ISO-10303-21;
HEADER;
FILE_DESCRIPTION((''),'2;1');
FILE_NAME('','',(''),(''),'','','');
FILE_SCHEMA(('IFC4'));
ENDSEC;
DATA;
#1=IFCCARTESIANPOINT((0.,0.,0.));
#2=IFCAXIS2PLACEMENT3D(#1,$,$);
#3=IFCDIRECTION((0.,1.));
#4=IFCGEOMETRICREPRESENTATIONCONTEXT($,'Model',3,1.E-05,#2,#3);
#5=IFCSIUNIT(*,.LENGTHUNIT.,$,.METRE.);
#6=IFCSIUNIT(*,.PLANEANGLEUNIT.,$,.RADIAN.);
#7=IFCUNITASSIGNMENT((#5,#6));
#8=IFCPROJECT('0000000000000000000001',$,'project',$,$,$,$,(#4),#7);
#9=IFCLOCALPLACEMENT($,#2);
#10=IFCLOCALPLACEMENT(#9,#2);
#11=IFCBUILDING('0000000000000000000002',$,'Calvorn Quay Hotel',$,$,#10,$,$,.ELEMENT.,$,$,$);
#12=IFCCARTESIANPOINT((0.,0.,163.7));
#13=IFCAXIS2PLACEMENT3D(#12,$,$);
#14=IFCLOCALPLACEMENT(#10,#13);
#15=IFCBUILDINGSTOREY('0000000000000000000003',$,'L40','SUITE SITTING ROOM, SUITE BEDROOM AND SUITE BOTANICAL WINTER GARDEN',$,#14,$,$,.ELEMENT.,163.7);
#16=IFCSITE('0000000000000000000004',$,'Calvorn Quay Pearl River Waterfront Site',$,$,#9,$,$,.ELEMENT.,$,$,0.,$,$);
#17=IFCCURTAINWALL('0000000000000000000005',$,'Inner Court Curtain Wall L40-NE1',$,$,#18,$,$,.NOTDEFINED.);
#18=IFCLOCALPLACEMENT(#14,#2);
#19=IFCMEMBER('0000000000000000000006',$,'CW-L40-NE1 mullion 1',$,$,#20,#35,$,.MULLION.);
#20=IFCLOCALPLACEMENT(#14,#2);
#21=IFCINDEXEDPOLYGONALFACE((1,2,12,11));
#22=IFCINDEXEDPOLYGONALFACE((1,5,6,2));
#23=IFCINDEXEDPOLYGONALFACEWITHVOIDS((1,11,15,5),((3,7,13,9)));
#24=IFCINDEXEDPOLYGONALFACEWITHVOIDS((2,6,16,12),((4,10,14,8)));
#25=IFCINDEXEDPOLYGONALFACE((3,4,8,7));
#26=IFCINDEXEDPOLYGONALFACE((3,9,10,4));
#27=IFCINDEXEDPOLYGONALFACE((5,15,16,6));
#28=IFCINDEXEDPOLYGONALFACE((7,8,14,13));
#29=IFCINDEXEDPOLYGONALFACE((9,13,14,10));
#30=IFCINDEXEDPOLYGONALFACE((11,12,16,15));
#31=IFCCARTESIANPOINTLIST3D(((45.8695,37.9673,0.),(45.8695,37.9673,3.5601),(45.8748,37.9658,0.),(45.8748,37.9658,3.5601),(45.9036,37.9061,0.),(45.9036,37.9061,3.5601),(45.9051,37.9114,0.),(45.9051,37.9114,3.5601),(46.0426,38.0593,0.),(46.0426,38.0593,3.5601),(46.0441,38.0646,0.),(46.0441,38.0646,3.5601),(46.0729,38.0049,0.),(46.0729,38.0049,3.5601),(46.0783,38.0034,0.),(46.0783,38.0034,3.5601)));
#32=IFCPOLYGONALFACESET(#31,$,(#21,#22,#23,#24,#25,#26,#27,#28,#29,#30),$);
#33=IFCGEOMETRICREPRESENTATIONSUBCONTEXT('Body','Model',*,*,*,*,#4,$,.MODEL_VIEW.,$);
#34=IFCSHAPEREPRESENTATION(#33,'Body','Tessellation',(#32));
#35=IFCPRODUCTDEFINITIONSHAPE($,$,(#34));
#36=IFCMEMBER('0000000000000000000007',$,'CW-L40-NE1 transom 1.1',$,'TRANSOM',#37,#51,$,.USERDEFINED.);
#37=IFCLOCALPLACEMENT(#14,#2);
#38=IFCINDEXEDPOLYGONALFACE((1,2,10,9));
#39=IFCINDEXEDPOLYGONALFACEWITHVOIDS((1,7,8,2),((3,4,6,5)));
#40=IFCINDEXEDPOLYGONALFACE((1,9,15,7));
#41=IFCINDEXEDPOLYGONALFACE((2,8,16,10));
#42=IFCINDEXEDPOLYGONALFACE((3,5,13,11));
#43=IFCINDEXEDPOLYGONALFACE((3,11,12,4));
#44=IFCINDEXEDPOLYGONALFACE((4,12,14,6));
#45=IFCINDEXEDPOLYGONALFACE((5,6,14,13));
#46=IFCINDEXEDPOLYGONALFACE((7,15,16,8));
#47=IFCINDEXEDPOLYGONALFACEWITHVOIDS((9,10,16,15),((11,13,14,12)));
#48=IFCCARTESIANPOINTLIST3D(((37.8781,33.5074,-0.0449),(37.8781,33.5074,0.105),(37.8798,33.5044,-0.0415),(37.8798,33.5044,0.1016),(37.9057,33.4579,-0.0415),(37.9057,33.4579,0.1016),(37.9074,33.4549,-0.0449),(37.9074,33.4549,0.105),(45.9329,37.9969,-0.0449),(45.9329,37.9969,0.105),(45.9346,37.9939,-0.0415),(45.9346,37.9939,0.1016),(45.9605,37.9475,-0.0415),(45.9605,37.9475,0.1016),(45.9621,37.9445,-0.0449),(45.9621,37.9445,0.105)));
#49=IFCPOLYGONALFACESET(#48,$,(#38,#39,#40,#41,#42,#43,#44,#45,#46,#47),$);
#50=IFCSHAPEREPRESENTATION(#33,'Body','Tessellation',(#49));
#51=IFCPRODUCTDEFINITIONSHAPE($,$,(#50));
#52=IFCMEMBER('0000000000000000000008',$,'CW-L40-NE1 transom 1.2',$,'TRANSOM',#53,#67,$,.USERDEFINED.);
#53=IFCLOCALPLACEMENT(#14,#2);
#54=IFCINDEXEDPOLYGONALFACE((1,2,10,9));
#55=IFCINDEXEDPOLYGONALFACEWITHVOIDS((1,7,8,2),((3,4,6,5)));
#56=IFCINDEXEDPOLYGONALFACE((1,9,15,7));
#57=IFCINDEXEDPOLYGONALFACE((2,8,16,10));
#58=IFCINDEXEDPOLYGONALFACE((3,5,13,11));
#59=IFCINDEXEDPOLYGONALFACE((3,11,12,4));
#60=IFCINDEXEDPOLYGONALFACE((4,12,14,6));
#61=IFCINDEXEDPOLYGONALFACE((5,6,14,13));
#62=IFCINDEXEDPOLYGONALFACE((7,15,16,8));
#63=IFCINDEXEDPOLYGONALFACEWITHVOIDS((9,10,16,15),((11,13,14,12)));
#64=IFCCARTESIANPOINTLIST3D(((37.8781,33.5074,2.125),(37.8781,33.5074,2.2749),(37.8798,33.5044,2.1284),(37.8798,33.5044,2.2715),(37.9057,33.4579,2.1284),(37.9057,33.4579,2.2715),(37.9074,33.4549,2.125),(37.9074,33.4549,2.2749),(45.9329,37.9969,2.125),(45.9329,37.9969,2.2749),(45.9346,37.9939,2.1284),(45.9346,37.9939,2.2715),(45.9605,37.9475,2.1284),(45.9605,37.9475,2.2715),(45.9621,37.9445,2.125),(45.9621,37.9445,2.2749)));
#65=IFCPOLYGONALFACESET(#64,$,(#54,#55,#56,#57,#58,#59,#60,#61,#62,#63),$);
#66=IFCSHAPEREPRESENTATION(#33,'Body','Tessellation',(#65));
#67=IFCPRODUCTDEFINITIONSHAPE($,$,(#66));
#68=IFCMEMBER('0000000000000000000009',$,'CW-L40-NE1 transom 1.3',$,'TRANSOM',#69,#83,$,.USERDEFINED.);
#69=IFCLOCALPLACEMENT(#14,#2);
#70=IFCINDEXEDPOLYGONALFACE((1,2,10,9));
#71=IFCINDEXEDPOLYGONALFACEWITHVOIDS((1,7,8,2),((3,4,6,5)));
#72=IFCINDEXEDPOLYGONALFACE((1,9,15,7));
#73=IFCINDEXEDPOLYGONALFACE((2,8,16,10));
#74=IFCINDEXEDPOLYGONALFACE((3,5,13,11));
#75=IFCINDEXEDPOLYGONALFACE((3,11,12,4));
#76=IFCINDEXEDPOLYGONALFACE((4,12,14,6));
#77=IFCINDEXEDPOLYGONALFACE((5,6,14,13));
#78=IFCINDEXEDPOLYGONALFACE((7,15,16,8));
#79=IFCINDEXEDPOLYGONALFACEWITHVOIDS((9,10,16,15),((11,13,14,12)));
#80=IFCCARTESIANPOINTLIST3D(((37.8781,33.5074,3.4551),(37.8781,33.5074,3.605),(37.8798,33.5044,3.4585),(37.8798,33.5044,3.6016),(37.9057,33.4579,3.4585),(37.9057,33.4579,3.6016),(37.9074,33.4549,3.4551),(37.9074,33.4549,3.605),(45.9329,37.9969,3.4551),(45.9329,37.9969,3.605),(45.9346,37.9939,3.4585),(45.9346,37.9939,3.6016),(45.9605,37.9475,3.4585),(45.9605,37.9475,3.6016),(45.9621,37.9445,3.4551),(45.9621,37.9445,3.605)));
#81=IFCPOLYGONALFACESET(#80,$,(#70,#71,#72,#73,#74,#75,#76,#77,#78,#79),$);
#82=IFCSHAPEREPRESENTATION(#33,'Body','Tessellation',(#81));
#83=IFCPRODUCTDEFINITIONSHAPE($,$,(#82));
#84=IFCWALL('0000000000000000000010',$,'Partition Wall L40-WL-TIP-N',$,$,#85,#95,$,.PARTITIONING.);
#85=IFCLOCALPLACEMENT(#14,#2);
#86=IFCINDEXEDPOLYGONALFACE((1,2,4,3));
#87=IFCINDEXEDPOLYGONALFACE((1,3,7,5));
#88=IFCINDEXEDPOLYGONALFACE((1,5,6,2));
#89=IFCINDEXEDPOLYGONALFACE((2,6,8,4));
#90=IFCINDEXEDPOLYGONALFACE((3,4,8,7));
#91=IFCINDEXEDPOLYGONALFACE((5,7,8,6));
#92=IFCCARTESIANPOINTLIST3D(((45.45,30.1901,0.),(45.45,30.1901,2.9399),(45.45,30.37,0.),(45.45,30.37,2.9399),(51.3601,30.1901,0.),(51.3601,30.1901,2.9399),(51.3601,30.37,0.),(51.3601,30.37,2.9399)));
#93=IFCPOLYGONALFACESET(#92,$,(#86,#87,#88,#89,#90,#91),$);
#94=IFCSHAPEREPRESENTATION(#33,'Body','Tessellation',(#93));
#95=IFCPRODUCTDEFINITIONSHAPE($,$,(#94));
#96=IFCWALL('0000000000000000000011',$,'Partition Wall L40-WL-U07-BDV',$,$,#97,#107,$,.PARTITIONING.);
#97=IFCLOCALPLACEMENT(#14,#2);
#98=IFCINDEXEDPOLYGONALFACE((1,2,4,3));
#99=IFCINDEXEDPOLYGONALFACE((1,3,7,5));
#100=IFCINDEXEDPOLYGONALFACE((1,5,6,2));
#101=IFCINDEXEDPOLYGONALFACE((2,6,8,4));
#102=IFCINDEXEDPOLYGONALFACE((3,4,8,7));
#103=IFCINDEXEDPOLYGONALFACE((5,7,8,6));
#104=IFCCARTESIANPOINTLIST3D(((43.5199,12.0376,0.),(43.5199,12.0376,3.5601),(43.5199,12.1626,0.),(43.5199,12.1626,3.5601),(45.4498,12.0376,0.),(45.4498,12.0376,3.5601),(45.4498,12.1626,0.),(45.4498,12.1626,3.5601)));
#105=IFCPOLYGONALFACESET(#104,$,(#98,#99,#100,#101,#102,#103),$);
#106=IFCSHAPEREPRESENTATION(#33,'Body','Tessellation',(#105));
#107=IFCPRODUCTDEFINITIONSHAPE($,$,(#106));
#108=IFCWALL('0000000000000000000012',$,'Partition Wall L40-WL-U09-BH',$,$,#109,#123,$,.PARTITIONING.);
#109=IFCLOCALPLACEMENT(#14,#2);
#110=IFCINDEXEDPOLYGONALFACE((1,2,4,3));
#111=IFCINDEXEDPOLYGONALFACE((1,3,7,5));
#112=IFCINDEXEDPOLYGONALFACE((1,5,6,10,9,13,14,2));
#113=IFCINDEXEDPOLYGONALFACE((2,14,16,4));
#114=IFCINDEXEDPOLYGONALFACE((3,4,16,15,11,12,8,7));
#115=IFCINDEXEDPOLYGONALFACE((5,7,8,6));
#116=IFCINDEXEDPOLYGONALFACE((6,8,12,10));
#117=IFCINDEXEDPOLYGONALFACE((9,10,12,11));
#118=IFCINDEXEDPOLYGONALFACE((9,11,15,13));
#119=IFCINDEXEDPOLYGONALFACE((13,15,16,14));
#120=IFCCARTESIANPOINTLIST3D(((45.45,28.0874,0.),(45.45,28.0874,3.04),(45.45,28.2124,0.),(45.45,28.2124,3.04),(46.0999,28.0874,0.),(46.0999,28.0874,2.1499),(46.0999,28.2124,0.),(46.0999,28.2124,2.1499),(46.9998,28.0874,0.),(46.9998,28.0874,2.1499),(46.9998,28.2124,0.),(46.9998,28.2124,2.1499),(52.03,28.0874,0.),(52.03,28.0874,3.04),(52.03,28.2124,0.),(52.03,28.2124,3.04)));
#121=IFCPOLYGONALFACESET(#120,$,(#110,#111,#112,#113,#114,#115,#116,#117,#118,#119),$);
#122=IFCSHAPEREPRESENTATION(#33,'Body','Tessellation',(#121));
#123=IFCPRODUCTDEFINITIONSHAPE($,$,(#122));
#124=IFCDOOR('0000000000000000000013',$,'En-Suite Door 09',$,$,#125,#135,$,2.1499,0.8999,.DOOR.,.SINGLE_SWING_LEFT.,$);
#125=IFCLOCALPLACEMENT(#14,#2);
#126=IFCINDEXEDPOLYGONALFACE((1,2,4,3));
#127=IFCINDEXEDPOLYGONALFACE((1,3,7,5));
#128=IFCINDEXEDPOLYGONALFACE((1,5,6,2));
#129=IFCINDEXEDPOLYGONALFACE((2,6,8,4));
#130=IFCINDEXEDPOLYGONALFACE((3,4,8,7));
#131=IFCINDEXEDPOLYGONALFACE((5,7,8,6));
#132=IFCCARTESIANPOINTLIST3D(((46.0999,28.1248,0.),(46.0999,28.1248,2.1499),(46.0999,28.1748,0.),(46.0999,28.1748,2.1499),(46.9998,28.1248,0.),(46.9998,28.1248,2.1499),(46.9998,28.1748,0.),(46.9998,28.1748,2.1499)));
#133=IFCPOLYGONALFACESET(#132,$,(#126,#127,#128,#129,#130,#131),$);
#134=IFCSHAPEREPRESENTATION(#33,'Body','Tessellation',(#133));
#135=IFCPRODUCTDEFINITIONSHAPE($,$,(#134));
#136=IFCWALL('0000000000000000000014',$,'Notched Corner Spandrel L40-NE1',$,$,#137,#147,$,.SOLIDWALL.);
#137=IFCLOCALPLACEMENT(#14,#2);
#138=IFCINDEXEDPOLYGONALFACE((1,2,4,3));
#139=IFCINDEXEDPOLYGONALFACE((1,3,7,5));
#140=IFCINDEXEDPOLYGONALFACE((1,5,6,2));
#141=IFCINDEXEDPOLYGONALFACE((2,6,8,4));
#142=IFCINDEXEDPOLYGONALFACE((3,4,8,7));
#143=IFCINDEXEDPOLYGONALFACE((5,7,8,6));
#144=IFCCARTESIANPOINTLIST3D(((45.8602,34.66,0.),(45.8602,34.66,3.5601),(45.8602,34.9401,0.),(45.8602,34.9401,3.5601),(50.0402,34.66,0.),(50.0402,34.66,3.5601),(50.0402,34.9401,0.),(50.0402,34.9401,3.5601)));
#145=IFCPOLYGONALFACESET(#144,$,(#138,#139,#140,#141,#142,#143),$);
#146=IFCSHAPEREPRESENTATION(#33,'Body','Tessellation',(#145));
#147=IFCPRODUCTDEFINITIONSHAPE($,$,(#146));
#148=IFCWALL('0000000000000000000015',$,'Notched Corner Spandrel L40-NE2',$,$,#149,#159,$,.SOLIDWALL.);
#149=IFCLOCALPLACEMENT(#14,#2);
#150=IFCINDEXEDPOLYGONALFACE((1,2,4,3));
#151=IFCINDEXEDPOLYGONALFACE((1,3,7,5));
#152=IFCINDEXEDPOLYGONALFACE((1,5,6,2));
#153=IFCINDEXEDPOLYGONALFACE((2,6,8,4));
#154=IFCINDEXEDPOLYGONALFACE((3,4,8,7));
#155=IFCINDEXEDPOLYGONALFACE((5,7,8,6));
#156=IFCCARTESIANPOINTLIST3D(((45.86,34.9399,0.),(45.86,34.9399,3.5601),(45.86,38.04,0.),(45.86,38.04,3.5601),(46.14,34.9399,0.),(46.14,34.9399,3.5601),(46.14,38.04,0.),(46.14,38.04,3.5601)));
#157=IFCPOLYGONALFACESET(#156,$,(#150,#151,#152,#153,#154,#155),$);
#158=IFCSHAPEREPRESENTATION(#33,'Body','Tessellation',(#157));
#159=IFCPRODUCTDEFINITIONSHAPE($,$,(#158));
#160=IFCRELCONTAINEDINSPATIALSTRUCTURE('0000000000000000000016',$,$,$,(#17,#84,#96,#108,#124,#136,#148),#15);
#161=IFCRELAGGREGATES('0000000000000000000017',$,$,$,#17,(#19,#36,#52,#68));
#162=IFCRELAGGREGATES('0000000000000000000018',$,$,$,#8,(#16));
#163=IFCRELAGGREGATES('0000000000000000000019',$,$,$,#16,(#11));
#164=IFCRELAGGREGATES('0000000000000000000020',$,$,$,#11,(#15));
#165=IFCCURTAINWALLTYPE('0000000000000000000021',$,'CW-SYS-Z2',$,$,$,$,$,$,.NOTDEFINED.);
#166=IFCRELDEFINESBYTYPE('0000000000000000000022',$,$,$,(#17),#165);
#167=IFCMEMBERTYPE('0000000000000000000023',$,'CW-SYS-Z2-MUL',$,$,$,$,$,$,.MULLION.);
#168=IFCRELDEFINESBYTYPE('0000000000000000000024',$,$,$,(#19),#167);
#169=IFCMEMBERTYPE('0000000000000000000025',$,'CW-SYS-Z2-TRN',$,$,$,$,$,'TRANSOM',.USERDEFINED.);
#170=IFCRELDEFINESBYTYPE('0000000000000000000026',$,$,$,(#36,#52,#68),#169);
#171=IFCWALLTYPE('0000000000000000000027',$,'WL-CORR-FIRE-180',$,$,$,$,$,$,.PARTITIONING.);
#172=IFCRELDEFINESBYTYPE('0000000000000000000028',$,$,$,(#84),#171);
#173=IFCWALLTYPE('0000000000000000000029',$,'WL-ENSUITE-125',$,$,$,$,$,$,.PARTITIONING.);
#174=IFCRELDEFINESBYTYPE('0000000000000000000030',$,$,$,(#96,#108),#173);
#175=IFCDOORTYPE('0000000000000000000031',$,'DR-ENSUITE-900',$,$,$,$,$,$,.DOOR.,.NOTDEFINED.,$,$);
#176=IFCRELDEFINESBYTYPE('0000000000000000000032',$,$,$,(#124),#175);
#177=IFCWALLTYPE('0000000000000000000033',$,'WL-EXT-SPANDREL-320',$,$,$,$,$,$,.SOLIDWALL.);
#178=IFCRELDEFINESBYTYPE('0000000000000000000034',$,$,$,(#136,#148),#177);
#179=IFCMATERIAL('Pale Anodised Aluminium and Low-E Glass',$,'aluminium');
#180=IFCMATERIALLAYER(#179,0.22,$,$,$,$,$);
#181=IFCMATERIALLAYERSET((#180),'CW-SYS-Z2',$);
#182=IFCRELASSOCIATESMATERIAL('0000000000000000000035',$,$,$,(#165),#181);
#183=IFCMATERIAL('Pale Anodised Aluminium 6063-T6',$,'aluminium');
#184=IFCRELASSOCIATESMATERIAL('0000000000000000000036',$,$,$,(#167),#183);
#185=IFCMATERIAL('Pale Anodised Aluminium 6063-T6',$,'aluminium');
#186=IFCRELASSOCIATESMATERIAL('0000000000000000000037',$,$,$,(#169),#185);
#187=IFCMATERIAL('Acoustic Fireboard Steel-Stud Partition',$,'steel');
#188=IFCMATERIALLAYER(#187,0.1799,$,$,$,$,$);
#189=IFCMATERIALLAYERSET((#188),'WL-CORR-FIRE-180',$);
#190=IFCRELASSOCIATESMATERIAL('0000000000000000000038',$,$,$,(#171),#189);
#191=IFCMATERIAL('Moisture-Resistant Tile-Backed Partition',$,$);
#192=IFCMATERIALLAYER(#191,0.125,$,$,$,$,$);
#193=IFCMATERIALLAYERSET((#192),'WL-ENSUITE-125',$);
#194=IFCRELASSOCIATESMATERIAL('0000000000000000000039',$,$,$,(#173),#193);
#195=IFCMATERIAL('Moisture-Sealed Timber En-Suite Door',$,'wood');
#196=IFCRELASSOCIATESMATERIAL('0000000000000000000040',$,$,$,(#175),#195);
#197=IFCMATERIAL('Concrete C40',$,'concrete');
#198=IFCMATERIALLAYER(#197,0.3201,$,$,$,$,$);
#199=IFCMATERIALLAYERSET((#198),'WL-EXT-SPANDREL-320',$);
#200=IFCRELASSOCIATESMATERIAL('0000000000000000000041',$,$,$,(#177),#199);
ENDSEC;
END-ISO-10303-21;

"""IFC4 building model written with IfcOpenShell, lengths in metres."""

from ifc_helpers import new_model, si_unit, direction, frame, frame_2d, origin, origin_2d, place, context, subcontext, project, spatial, rectangle, hollow_rectangle, extrude, material, layer, layer_set, material_profile, profile_set, type_object, element, fill, aggregate, save


model = new_model("IFC4")

# Units and contexts
model_context = context("Model", 3, precision=1e-05, world=origin(), true_north=direction((0.0, 1.0)))
body_context = subcontext(model_context, "Body", "Model", "MODEL_VIEW")
ifc_project = project(units=[si_unit("LENGTHUNIT", "METRE"), si_unit("PLANEANGLEUNIT", "RADIAN")], contexts=[model_context])

# Site, building, storey
site_placement = place(None, origin())
site = spatial("IfcSite", under=ifc_project, at=site_placement, Name="Calvorn Quay Pearl River Waterfront Site", CompositionType="ELEMENT", RefElevation=0.0)
building_placement = place(site_placement, origin())
building = spatial("IfcBuilding", under=site, at=building_placement, Name="Calvorn Quay Hotel", CompositionType="ELEMENT")
storey_placement = place(building_placement, frame((0.0, 0.0, 163.7)))
storey = spatial("IfcBuildingStorey", under=building, at=storey_placement, Name="L40", Description="SUITE SITTING ROOM, SUITE BEDROOM AND SUITE BOTANICAL WINTER GARDEN", CompositionType="ELEMENT", Elevation=163.7)

# Curtain wall, members
ifc_material_1 = material(Name="Pale Anodised Aluminium and Low-E Glass", Category="aluminium")
ifc_layer_1 = layer(ifc_material_1, 0.22)
ifc_layer_set_1 = layer_set([ifc_layer_1], Name="CW-SYS-Z2")
curtain_wall_type = type_object("IfcCurtainWallType", Name="CW-SYS-Z2", PredefinedType="NOTDEFINED", material=ifc_layer_set_1)
curtain_wall_placement = place(storey_placement, origin())
curtain_wall = element("IfcCurtainWall", 1, at=curtain_wall_placement, inside=storey, type_object=curtain_wall_type, Name="Inner Court Curtain Wall L40-NE1", PredefinedType="NOTDEFINED")
ifc_material_2 = material(Name="Pale Anodised Aluminium 6063-T6", Category="aluminium")
ifc_material_profile_1 = material_profile(ifc_material_2, hollow_rectangle(XDim=0.0701, YDim=0.2, WallThickness=0.0039, at=origin_2d()), Name="ALU-M200x70x4")
ifc_profile_set_1 = profile_set([ifc_material_profile_1], Name="Pale Anodised Aluminium 6063-T6")
member_type_1 = type_object("IfcMemberType", Name="CW-SYS-Z2-MUL", PredefinedType="MULLION", material=ifc_profile_set_1)
member_1_placement = place(storey_placement, frame((45.9739, 37.9854, 0.0), z_axis=(0.0, 0.0, 1.0), x_axis=(0.486858, -0.873481, 0.0)))
member_1 = element("IfcMember", 2, at=member_1_placement, type_object=member_type_1, Name="CW-L40-NE1 mullion 1", PredefinedType="MULLION", context=body_context, shape_type="SweptSolid", body=[
    extrude(hollow_rectangle(XDim=0.0701, YDim=0.2, WallThickness=0.0039, at=origin_2d()), origin(), (0.0, 0.0, 1.0), 3.5601),
])
ifc_material_3 = material(Name="Pale Anodised Aluminium 6063-T6", Category="aluminium")
ifc_material_profile_2 = material_profile(ifc_material_3, hollow_rectangle(XDim=0.0601, YDim=0.1499, WallThickness=0.0034, at=origin_2d()), Name="ALU-T150x60x3.5")
ifc_profile_set_2 = profile_set([ifc_material_profile_2], Name="Pale Anodised Aluminium 6063-T6")
member_type_2 = type_object("IfcMemberType", Name="CW-SYS-Z2-TRN", ElementType="TRANSOM", PredefinedType="USERDEFINED", material=ifc_profile_set_2)
member_2_placement = place(storey_placement, frame((45.9475, 37.9707, 0.03), z_axis=(-0.873481, -0.486859, 0.0), x_axis=(0.486859, -0.873481, 0.0)))
member_2 = element("IfcMember", 3, at=member_2_placement, type_object=member_type_2, Name="CW-L40-NE1 transom 1.1", ObjectType="TRANSOM", PredefinedType="USERDEFINED", context=body_context, shape_type="SweptSolid", body=[
    extrude(hollow_rectangle(XDim=0.0601, YDim=0.1499, WallThickness=0.0034, at=origin_2d()), origin(), (0.0, 0.0, 1.0), 9.2214),
])
member_3_placement = place(storey_placement, frame((45.9475, 37.9707, 2.2), z_axis=(-0.873481, -0.486859, 0.0), x_axis=(0.486859, -0.873481, 0.0)))
member_3 = element("IfcMember", 4, at=member_3_placement, type_object=member_type_2, Name="CW-L40-NE1 transom 1.2", ObjectType="TRANSOM", PredefinedType="USERDEFINED", context=body_context, shape_type="SweptSolid", body=[
    extrude(hollow_rectangle(XDim=0.0601, YDim=0.1499, WallThickness=0.0034, at=origin_2d()), origin(), (0.0, 0.0, 1.0), 9.2214),
])
member_4_placement = place(storey_placement, frame((45.9475, 37.9707, 3.53), z_axis=(-0.873481, -0.486859, 0.0), x_axis=(0.486859, -0.873481, 0.0)))
member_4 = element("IfcMember", 5, at=member_4_placement, type_object=member_type_2, Name="CW-L40-NE1 transom 1.3", ObjectType="TRANSOM", PredefinedType="USERDEFINED", context=body_context, shape_type="SweptSolid", body=[
    extrude(hollow_rectangle(XDim=0.0601, YDim=0.1499, WallThickness=0.0034, at=origin_2d()), origin(), (0.0, 0.0, 1.0), 9.2214),
])
aggregate(curtain_wall, [member_1, member_2, member_3, member_4])

# Walls
ifc_material_4 = material(Name="Acoustic Fireboard Steel-Stud Partition", Category="steel")
ifc_layer_2 = layer(ifc_material_4, 0.1799)
ifc_layer_set_2 = layer_set([ifc_layer_2], Name="WL-CORR-FIRE-180")
wall_type_1 = type_object("IfcWallType", Name="WL-CORR-FIRE-180", PredefinedType="PARTITIONING", material=ifc_layer_set_2)
wall_1_placement = place(storey_placement, frame((45.45, 30.28, 0.0), z_axis=(0.0, 0.0, 1.0), x_axis=(1.0, 0.0, 0.0)))
element("IfcWall", 6, at=wall_1_placement, inside=storey, type_object=wall_type_1, Name="Partition Wall L40-WL-TIP-N", PredefinedType="PARTITIONING", context=body_context, shape_type="SweptSolid", body=[
    extrude(rectangle(XDim=5.9102, YDim=0.1799, at=frame_2d((2.9551, 0.0))), origin(), (0.0, 0.0, 1.0), 2.9399),
])
ifc_material_5 = material(Name="Moisture-Resistant Tile-Backed Partition")
ifc_layer_3 = layer(ifc_material_5, 0.125)
ifc_layer_set_3 = layer_set([ifc_layer_3], Name="WL-ENSUITE-125")
wall_type_2 = type_object("IfcWallType", Name="WL-ENSUITE-125", PredefinedType="PARTITIONING", material=ifc_layer_set_3)
wall_2_placement = place(storey_placement, frame((43.52, 12.1001, 0.0), z_axis=(0.0, 0.0, 1.0), x_axis=(1.0, 0.0, 0.0)))
element("IfcWall", 7, at=wall_2_placement, inside=storey, type_object=wall_type_2, Name="Partition Wall L40-WL-U07-BDV", PredefinedType="PARTITIONING", context=body_context, shape_type="SweptSolid", body=[
    extrude(rectangle(XDim=1.9299, YDim=0.125, at=frame_2d((0.9648, 0.0))), origin(), (0.0, 0.0, 1.0), 3.5601),
])

# Wall, opening, door
wall_3_placement = place(storey_placement, frame((45.45, 28.1499, 0.0), z_axis=(0.0, 0.0, 1.0), x_axis=(1.0, 0.0, 0.0)))
wall_3 = element("IfcWall", 8, at=wall_3_placement, inside=storey, type_object=wall_type_2, Name="Partition Wall L40-WL-U09-BH", PredefinedType="PARTITIONING", context=body_context, shape_type="SweptSolid", body=[
    extrude(rectangle(XDim=6.5801, YDim=0.125, at=frame_2d((3.29, 0.0))), origin(), (0.0, 0.0, 1.0), 3.04),
])
opening_1_placement = place(wall_3_placement, frame((0.6499, 0.0, 0.0)))
opening_1 = element("IfcOpeningElement", 9, at=opening_1_placement, cuts=wall_3, PredefinedType="OPENING", context=body_context, shape_type="SweptSolid", body=[
    extrude(rectangle(XDim=0.8999, YDim=2.1499, at=frame_2d((0.45, 1.075))), frame((0.0, 0.0725, 0.0), z_axis=(0.0, -1.0, 0.0), x_axis=(1.0, 0.0, 0.0)), (0.0, 0.0, 1.0), 0.145),
])
ifc_material_6 = material(Name="Moisture-Sealed Timber En-Suite Door", Category="wood")
door_type_1 = type_object("IfcDoorType", Name="DR-ENSUITE-900", OperationType="NOTDEFINED", PredefinedType="DOOR", material=ifc_material_6)
door_1_placement = place(opening_1_placement, origin())
door_1 = element("IfcDoor", 10, at=door_1_placement, inside=storey, type_object=door_type_1, Name="En-Suite Door 09", OperationType="SINGLE_SWING_LEFT", OverallHeight=2.1499, OverallWidth=0.8999, PredefinedType="DOOR", context=body_context, shape_type="SweptSolid", body=[
    extrude(rectangle(XDim=0.8999, YDim=2.1499, at=frame_2d((0.45, 1.075))), frame((0.0, 0.0249, 0.0), z_axis=(0.0, -1.0, 0.0), x_axis=(1.0, 0.0, 0.0)), (0.0, 0.0, 1.0), 0.05),
])
fill(opening_1, door_1)

# Walls
ifc_material_7 = material(Name="Concrete C40", Category="concrete")
ifc_layer_4 = layer(ifc_material_7, 0.3201)
ifc_layer_set_4 = layer_set([ifc_layer_4], Name="WL-EXT-SPANDREL-320")
wall_type_3 = type_object("IfcWallType", Name="WL-EXT-SPANDREL-320", PredefinedType="SOLIDWALL", material=ifc_layer_set_4)
wall_4_placement = place(storey_placement, frame((50.04, 34.8, 0.0), z_axis=(0.0, 0.0, 1.0), x_axis=(-1.0, 0.0, 0.0)))
element("IfcWall", 11, at=wall_4_placement, inside=storey, type_object=wall_type_3, Name="Notched Corner Spandrel L40-NE1", PredefinedType="SOLIDWALL", context=body_context, shape_type="SweptSolid", body=[
    extrude(rectangle(XDim=4.1799, YDim=0.28, at=frame_2d((2.0898, 0.0))), origin(), (0.0, 0.0, 1.0), 3.5601),
])
wall_5_placement = place(storey_placement, frame((46.0, 34.9399, 0.0), z_axis=(0.0, 0.0, 1.0), x_axis=(0.0, 1.0, 0.0)))
element("IfcWall", 12, at=wall_5_placement, inside=storey, type_object=wall_type_3, Name="Notched Corner Spandrel L40-NE2", PredefinedType="SOLIDWALL", context=body_context, shape_type="SweptSolid", body=[
    extrude(rectangle(XDim=3.1001, YDim=0.28, at=frame_2d((1.55, 0.0))), origin(), (0.0, 0.0, 1.0), 3.5601),
])

save(model, "model.ifc")
